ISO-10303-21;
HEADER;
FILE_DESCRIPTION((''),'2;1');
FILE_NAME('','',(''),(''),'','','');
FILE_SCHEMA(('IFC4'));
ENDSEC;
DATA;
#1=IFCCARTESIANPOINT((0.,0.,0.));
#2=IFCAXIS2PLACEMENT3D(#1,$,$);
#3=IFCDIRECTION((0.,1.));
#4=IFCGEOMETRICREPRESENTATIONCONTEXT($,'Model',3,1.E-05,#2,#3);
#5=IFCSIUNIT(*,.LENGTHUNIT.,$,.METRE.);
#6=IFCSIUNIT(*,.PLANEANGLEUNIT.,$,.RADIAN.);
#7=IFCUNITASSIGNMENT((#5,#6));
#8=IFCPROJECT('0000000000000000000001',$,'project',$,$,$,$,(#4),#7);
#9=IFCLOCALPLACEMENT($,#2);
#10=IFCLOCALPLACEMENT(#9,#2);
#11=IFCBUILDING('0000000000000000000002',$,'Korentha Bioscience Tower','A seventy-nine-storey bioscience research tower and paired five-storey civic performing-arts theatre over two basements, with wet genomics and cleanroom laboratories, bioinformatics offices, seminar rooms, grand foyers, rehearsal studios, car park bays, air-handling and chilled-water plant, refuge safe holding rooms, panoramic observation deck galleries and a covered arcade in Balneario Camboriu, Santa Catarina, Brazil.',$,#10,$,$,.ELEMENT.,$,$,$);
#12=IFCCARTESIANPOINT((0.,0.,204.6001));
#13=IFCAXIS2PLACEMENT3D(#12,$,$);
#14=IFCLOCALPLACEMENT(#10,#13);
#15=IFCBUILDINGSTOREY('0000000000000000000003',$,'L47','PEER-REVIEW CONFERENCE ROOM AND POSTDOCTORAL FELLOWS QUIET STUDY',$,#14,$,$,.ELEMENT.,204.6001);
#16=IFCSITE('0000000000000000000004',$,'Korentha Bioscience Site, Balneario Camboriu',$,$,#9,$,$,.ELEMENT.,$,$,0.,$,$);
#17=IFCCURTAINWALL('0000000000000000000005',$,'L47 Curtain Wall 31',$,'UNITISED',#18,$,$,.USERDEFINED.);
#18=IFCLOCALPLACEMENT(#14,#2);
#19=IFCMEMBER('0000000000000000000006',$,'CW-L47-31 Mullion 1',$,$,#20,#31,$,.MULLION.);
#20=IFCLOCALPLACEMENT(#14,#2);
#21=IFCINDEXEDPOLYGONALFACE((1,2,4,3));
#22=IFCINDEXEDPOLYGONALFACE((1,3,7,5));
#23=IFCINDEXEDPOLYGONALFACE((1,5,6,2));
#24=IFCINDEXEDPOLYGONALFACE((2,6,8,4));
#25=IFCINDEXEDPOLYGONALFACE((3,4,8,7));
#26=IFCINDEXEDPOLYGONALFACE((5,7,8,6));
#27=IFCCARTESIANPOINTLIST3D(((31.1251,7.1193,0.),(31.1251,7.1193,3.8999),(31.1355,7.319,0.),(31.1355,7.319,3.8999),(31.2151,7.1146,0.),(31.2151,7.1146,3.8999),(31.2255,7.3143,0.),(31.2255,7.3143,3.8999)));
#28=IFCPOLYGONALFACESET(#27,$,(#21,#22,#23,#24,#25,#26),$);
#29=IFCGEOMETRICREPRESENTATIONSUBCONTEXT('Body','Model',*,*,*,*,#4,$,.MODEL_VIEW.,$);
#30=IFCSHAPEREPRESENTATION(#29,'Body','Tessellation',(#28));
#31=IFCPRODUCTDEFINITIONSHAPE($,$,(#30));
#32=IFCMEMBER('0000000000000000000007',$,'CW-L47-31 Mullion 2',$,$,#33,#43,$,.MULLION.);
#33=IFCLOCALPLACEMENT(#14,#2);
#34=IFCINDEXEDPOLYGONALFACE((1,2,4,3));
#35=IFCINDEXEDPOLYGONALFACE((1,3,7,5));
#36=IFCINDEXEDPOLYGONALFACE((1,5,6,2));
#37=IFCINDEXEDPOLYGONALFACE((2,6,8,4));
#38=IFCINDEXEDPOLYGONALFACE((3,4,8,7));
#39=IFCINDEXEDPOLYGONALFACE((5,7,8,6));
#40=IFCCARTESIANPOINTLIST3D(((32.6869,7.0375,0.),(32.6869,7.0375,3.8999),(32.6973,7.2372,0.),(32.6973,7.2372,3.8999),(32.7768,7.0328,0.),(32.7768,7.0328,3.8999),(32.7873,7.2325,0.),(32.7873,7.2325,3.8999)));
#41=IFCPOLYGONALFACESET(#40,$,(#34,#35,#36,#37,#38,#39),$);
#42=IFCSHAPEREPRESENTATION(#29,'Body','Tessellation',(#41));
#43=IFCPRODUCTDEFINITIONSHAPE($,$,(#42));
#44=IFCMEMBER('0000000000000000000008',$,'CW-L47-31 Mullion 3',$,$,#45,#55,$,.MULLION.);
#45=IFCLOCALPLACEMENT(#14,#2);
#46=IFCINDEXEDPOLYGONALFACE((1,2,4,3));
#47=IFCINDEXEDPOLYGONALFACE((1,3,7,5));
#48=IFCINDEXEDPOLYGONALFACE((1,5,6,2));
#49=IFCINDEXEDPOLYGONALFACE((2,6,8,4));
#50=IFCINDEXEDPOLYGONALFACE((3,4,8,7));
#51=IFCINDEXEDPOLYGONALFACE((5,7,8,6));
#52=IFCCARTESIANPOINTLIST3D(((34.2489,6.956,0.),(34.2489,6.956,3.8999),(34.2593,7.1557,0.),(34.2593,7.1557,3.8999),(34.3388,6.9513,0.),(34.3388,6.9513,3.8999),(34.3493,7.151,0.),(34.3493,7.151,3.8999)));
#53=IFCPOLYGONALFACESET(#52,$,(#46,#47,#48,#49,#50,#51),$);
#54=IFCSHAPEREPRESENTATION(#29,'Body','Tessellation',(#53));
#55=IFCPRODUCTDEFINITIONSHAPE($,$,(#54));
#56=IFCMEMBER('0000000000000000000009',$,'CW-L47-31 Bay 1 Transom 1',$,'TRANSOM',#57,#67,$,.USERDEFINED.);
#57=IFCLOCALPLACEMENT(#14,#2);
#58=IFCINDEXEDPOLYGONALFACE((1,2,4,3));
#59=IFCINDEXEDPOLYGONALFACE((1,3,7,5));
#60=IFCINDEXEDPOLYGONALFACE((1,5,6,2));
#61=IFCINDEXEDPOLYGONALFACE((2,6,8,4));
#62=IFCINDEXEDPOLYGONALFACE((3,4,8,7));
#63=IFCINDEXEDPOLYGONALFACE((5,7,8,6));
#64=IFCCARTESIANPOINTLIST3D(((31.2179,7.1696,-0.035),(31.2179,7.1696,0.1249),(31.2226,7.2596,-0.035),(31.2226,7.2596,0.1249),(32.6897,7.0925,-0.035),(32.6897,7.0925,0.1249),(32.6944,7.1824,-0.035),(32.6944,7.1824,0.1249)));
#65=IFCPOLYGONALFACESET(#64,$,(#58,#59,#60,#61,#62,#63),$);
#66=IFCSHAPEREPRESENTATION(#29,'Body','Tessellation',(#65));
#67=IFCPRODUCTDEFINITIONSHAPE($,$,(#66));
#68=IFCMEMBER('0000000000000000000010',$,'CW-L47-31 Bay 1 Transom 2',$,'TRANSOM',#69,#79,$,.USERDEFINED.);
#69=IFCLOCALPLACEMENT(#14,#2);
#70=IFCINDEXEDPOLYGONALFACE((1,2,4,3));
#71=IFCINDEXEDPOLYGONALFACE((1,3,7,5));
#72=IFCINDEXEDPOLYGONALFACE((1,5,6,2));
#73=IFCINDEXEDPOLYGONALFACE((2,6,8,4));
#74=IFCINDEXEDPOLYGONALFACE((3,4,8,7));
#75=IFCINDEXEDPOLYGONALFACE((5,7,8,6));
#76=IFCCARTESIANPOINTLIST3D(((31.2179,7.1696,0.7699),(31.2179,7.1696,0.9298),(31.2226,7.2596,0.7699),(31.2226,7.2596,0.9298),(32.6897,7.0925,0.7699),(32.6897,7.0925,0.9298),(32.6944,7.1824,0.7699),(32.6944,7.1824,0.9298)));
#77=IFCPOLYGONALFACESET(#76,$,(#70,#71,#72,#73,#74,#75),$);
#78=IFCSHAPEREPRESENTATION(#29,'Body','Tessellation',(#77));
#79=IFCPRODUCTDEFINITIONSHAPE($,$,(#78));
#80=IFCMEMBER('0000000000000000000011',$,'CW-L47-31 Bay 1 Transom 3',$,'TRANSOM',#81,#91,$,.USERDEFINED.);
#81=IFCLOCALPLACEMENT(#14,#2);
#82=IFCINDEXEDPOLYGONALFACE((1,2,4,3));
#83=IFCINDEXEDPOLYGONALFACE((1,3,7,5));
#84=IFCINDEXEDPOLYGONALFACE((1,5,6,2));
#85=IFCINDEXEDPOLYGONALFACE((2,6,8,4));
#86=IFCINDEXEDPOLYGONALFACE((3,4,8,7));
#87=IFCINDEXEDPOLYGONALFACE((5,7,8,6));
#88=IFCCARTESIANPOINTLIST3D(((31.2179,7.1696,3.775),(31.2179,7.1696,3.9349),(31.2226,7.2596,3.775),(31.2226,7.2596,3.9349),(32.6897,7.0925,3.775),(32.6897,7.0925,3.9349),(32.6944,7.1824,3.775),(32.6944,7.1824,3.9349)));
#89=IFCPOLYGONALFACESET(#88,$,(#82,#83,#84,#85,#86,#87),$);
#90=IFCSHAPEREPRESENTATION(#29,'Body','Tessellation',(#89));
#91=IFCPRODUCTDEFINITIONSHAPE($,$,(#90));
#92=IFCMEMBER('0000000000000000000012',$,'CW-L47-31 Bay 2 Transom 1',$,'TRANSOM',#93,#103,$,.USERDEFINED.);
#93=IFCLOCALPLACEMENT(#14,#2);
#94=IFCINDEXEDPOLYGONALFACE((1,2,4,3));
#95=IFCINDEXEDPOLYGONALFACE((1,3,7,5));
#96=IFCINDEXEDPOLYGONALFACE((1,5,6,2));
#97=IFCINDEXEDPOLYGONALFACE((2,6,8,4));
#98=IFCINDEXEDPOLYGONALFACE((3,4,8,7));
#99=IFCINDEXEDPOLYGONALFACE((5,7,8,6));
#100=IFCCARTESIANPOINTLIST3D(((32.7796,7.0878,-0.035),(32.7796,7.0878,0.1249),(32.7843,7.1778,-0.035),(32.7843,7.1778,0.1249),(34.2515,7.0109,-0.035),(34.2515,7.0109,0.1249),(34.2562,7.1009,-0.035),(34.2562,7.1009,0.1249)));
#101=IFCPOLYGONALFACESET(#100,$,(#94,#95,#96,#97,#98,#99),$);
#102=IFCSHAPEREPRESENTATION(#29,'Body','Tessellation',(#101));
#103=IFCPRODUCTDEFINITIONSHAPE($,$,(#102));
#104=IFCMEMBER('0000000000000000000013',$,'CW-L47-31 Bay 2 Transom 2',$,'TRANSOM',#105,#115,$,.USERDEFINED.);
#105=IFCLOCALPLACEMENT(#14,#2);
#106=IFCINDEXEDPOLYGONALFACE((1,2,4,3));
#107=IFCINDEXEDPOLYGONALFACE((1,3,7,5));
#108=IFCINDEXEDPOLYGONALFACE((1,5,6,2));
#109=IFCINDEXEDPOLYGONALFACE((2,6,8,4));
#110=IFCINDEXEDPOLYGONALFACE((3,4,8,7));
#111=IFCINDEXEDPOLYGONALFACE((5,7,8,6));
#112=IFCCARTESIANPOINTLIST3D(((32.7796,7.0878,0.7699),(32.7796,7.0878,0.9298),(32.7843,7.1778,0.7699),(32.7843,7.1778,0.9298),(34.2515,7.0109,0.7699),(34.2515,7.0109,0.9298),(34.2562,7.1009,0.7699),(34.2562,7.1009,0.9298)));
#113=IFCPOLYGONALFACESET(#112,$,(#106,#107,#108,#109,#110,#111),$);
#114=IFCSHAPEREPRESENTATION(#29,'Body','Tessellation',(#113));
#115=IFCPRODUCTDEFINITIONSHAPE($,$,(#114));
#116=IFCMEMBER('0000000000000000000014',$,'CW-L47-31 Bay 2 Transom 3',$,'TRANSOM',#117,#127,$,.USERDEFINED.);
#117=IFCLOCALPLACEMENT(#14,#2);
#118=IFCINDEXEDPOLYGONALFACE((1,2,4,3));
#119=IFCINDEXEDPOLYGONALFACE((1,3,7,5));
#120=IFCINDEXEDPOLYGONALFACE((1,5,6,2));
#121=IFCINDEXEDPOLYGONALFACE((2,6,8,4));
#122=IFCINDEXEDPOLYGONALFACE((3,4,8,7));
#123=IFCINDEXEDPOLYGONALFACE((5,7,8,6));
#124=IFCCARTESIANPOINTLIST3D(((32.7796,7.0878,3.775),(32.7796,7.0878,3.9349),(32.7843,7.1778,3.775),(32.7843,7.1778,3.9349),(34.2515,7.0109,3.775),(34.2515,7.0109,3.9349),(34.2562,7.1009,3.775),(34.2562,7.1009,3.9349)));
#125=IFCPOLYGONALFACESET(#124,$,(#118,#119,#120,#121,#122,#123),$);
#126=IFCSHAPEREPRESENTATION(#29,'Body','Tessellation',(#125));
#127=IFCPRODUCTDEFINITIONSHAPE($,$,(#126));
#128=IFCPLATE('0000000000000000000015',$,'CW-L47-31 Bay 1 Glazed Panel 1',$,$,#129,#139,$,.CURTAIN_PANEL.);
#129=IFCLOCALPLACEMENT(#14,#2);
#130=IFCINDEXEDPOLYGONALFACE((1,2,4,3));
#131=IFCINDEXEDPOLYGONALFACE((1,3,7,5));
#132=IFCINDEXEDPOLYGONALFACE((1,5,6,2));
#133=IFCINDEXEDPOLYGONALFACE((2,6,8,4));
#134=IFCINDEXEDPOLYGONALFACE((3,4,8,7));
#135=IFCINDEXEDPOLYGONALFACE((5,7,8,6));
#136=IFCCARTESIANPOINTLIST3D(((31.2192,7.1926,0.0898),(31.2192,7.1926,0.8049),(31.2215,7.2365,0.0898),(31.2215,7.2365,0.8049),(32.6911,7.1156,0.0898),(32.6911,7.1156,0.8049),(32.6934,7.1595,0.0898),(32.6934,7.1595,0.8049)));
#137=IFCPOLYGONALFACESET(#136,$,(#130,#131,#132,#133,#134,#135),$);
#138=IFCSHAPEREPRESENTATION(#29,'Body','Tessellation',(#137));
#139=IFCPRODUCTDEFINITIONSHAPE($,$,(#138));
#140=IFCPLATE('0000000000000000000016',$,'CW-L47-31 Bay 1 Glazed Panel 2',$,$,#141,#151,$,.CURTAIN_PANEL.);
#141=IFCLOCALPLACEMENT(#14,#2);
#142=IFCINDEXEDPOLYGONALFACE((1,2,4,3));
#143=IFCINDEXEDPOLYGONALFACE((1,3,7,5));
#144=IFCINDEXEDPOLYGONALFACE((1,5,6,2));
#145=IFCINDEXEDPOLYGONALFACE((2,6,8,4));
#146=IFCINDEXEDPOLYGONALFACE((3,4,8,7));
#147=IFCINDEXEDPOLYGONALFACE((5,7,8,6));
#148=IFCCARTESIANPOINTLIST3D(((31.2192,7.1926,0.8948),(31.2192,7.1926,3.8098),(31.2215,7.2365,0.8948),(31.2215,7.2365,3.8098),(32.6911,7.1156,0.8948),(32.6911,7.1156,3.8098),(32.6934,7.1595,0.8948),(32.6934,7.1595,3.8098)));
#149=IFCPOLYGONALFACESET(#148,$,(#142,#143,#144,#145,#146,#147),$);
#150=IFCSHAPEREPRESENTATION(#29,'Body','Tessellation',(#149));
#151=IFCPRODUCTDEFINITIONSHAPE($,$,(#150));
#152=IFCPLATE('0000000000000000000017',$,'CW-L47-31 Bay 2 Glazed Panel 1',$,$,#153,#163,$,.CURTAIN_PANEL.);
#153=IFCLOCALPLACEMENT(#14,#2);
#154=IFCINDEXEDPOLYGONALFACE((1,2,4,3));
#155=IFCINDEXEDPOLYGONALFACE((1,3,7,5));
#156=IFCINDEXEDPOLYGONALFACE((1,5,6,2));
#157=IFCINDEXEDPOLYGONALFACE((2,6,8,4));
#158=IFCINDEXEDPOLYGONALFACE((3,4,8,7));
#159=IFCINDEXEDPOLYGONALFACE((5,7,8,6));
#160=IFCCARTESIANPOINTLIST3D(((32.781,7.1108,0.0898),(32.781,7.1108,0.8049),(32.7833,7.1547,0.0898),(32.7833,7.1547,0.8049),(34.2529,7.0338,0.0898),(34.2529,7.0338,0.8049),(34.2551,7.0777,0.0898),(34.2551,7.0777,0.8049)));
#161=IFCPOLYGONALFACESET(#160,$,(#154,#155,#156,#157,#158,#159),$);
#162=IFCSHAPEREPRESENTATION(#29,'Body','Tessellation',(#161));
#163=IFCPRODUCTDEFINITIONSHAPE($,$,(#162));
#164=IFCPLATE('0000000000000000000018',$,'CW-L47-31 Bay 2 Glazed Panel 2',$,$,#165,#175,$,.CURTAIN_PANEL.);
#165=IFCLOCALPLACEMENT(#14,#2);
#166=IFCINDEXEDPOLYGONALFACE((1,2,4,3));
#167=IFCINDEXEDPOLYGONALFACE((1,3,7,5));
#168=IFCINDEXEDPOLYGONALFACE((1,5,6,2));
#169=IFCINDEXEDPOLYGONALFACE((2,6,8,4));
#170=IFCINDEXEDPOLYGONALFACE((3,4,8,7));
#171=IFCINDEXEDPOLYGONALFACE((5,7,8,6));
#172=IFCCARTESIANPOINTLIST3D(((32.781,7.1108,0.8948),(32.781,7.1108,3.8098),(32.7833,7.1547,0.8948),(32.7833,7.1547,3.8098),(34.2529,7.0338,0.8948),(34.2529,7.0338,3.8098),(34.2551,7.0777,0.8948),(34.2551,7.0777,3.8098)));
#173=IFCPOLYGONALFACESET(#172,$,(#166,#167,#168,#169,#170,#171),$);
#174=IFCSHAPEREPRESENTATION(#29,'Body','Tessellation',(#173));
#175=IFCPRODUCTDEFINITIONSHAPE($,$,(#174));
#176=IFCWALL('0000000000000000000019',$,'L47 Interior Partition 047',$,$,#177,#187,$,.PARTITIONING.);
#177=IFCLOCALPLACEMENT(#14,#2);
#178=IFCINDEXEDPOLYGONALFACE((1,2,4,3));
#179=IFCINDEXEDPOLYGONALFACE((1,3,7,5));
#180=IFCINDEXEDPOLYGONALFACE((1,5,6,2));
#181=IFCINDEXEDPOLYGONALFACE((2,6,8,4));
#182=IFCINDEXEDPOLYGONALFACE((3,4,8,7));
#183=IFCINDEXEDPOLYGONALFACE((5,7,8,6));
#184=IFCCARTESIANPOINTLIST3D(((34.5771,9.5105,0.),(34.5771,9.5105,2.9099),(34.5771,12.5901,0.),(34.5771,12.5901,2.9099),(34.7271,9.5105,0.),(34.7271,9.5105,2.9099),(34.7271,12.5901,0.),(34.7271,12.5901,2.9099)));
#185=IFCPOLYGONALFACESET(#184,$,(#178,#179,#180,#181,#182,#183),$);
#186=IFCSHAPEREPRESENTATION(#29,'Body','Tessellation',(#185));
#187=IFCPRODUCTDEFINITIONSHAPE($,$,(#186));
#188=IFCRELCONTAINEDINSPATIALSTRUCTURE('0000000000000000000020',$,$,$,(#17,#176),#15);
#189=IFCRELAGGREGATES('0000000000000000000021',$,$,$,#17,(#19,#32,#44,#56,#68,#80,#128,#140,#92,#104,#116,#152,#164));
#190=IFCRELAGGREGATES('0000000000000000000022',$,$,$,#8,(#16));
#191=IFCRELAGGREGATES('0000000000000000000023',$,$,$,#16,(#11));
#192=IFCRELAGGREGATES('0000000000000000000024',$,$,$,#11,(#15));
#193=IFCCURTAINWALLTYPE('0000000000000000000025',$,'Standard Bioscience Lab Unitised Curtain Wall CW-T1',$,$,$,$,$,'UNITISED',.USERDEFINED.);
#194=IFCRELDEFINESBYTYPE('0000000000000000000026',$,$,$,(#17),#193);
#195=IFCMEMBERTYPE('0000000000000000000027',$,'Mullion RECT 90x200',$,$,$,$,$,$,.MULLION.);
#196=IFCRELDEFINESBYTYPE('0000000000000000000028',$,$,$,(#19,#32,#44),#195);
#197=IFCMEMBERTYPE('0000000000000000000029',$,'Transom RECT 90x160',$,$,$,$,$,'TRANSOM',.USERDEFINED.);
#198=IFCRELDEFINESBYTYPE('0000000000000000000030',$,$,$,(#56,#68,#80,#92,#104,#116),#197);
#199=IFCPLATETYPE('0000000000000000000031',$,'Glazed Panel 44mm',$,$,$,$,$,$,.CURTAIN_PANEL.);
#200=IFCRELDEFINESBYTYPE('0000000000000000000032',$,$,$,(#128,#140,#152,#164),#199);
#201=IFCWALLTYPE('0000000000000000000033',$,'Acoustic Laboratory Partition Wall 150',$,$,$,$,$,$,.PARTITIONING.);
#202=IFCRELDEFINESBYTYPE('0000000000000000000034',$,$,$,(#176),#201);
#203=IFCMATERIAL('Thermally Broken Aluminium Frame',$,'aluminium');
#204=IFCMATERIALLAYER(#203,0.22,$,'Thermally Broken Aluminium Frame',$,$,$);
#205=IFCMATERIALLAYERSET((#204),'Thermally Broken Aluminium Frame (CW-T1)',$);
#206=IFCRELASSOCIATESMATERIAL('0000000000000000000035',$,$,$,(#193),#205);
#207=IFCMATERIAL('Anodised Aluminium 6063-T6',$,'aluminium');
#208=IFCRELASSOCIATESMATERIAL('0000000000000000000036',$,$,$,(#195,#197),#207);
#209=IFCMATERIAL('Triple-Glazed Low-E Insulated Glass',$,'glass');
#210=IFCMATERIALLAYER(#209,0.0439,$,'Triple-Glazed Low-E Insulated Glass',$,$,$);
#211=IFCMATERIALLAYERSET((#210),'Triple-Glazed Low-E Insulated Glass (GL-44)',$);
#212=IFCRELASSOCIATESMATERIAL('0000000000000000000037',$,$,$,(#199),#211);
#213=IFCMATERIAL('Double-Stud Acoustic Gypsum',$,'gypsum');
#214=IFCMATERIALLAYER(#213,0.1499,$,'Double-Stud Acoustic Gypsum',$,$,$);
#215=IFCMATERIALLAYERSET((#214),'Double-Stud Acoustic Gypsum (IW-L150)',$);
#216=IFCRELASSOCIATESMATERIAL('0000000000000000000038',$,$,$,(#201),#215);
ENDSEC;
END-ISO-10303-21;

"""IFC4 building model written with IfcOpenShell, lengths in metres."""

from ifc_helpers import new_model, si_unit, direction, frame, frame_2d, origin, origin_2d, place, context, subcontext, project, spatial, rectangle, extrude, material, layer, layer_set, material_profile, profile_set, type_object, element, aggregate, save


model = new_model("IFC4")

# Units and contexts
model_context = context("Model", 3, precision=1e-05, world=origin(), true_north=direction((0.0, 1.0)))
body_context = subcontext(model_context, "Body", "Model", "MODEL_VIEW")
ifc_project = project(units=[si_unit("LENGTHUNIT", "METRE"), si_unit("PLANEANGLEUNIT", "RADIAN")], contexts=[model_context])

# Site, building, storey
site_placement = place(None, origin())
site = spatial("IfcSite", under=ifc_project, at=site_placement, Name="Korentha Bioscience Site, Balneario Camboriu", CompositionType="ELEMENT", RefElevation=0.0)
building_placement = place(site_placement, origin())
building = spatial("IfcBuilding", under=site, at=building_placement, Name="Korentha Bioscience Tower", Description="A seventy-nine-storey bioscience research tower and paired five-storey civic performing-arts theatre over two basements, with wet genomics and cleanroom laboratories, bioinformatics offices, seminar rooms, grand foyers, rehearsal studios, car park bays, air-handling and chilled-water plant, refuge safe holding rooms, panoramic observation deck galleries and a covered arcade in Balneario Camboriu, Santa Catarina, Brazil.", CompositionType="ELEMENT")
storey_placement = place(building_placement, frame((0.0, 0.0, 204.6001)))
storey = spatial("IfcBuildingStorey", under=building, at=storey_placement, Name="L47", Description="PEER-REVIEW CONFERENCE ROOM AND POSTDOCTORAL FELLOWS QUIET STUDY", CompositionType="ELEMENT", Elevation=204.6001)

# Curtain wall, members, plates
ifc_material_1 = material(Name="Thermally Broken Aluminium Frame", Category="aluminium")
ifc_layer_1 = layer(ifc_material_1, 0.22, Name="Thermally Broken Aluminium Frame")
ifc_layer_set_1 = layer_set([ifc_layer_1], Name="Thermally Broken Aluminium Frame (CW-T1)")
curtain_wall_type = type_object("IfcCurtainWallType", Name="Standard Bioscience Lab Unitised Curtain Wall CW-T1", ElementType="UNITISED", PredefinedType="USERDEFINED", material=ifc_layer_set_1)
curtain_wall_placement = place(storey_placement, origin())
curtain_wall = element("IfcCurtainWall", 1, at=curtain_wall_placement, inside=storey, type_object=curtain_wall_type, Name="L47 Curtain Wall 31", ObjectType="UNITISED", PredefinedType="USERDEFINED")
ifc_material_2 = material(Name="Anodised Aluminium 6063-T6", Category="aluminium")
ifc_material_profile_1 = material_profile(ifc_material_2, rectangle(XDim=0.0901, YDim=0.2, at=origin_2d()), Name="Anodised Aluminium 6063-T6")
ifc_profile_set_1 = profile_set([ifc_material_profile_1], Name="Anodised Aluminium 6063-T6 (CW-MUL)")
member_type_1 = type_object("IfcMemberType", Name="Mullion RECT 90x200", PredefinedType="MULLION", material=ifc_profile_set_1)
member_1_placement = place(storey_placement, frame((31.1753, 7.2168, 0.0), z_axis=(0.0, 0.0, 1.0), x_axis=(0.998635, -0.052239, 0.0)))
member_1 = element("IfcMember", 2, at=member_1_placement, type_object=member_type_1, Name="CW-L47-31 Mullion 1", PredefinedType="MULLION", context=body_context, shape_type="SweptSolid", body=[
    extrude(rectangle(XDim=0.0901, YDim=0.2, at=origin_2d()), origin(), (0.0, 0.0, 1.0), 3.8999),
])
member_2_placement = place(storey_placement, frame((32.7371, 7.135, 0.0), z_axis=(0.0, 0.0, 1.0), x_axis=(0.998635, -0.052239, 0.0)))
member_2 = element("IfcMember", 3, at=member_2_placement, type_object=member_type_1, Name="CW-L47-31 Mullion 2", PredefinedType="MULLION", context=body_context, shape_type="SweptSolid", body=[
    extrude(rectangle(XDim=0.0901, YDim=0.2, at=origin_2d()), origin(), (0.0, 0.0, 1.0), 3.8999),
])
member_3_placement = place(storey_placement, frame((34.2991, 7.0535, 0.0), z_axis=(0.0, 0.0, 1.0), x_axis=(0.998635, -0.052239, 0.0)))
member_3 = element("IfcMember", 4, at=member_3_placement, type_object=member_type_1, Name="CW-L47-31 Mullion 3", PredefinedType="MULLION", context=body_context, shape_type="SweptSolid", body=[
    extrude(rectangle(XDim=0.0901, YDim=0.2, at=origin_2d()), origin(), (0.0, 0.0, 1.0), 3.8999),
])
ifc_material_profile_2 = material_profile(ifc_material_2, rectangle(XDim=0.0901, YDim=0.1599, at=origin_2d()), Name="Anodised Aluminium 6063-T6")
ifc_profile_set_2 = profile_set([ifc_material_profile_2], Name="Anodised Aluminium 6063-T6 (CW-TRN)")
member_type_2 = type_object("IfcMemberType", Name="Transom RECT 90x160", ElementType="TRANSOM", PredefinedType="USERDEFINED", material=ifc_profile_set_2)
member_4_placement = place(storey_placement, frame((31.2202, 7.2146, 0.0449), z_axis=(0.998629, -0.052341, 0.0), x_axis=(0.052341, 0.998629, 0.0)))
member_4 = element("IfcMember", 5, at=member_4_placement, type_object=member_type_2, Name="CW-L47-31 Bay 1 Transom 1", ObjectType="TRANSOM", PredefinedType="USERDEFINED", context=body_context, shape_type="SweptSolid", body=[
    extrude(rectangle(XDim=0.0901, YDim=0.1599, at=origin_2d()), origin(), (0.0, 0.0, 1.0), 1.4739),
])
member_5_placement = place(storey_placement, frame((31.2202, 7.2146, 0.8499), z_axis=(0.998629, -0.052341, 0.0), x_axis=(0.052341, 0.998629, 0.0)))
member_5 = element("IfcMember", 6, at=member_5_placement, type_object=member_type_2, Name="CW-L47-31 Bay 1 Transom 2", ObjectType="TRANSOM", PredefinedType="USERDEFINED", context=body_context, shape_type="SweptSolid", body=[
    extrude(rectangle(XDim=0.0901, YDim=0.1599, at=origin_2d()), origin(), (0.0, 0.0, 1.0), 1.4739),
])
member_6_placement = place(storey_placement, frame((31.2202, 7.2146, 3.855), z_axis=(0.998629, -0.052341, 0.0), x_axis=(0.052341, 0.998629, 0.0)))
member_6 = element("IfcMember", 7, at=member_6_placement, type_object=member_type_2, Name="CW-L47-31 Bay 1 Transom 3", ObjectType="TRANSOM", PredefinedType="USERDEFINED", context=body_context, shape_type="SweptSolid", body=[
    extrude(rectangle(XDim=0.0901, YDim=0.1599, at=origin_2d()), origin(), (0.0, 0.0, 1.0), 1.4739),
])
member_7_placement = place(storey_placement, frame((32.782, 7.1328, 0.0449), z_axis=(0.998638, -0.052176, 0.0), x_axis=(0.052176, 0.998638, 0.0)))
member_7 = element("IfcMember", 8, at=member_7_placement, type_object=member_type_2, Name="CW-L47-31 Bay 2 Transom 1", ObjectType="TRANSOM", PredefinedType="USERDEFINED", context=body_context, shape_type="SweptSolid", body=[
    extrude(rectangle(XDim=0.0901, YDim=0.1599, at=origin_2d()), origin(), (0.0, 0.0, 1.0), 1.4739),
])
member_8_placement = place(storey_placement, frame((32.782, 7.1328, 0.8499), z_axis=(0.998638, -0.052176, 0.0), x_axis=(0.052176, 0.998638, 0.0)))
member_8 = element("IfcMember", 9, at=member_8_placement, type_object=member_type_2, Name="CW-L47-31 Bay 2 Transom 2", ObjectType="TRANSOM", PredefinedType="USERDEFINED", context=body_context, shape_type="SweptSolid", body=[
    extrude(rectangle(XDim=0.0901, YDim=0.1599, at=origin_2d()), origin(), (0.0, 0.0, 1.0), 1.4739),
])
member_9_placement = place(storey_placement, frame((32.782, 7.1328, 3.855), z_axis=(0.998638, -0.052176, 0.0), x_axis=(0.052176, 0.998638, 0.0)))
member_9 = element("IfcMember", 10, at=member_9_placement, type_object=member_type_2, Name="CW-L47-31 Bay 2 Transom 3", ObjectType="TRANSOM", PredefinedType="USERDEFINED", context=body_context, shape_type="SweptSolid", body=[
    extrude(rectangle(XDim=0.0901, YDim=0.1599, at=origin_2d()), origin(), (0.0, 0.0, 1.0), 1.4739),
])
ifc_material_3 = material(Name="Triple-Glazed Low-E Insulated Glass", Category="glass")
ifc_layer_2 = layer(ifc_material_3, 0.0439, Name="Triple-Glazed Low-E Insulated Glass")
ifc_layer_set_2 = layer_set([ifc_layer_2], Name="Triple-Glazed Low-E Insulated Glass (GL-44)")
plate_type = type_object("IfcPlateType", Name="Glazed Panel 44mm", PredefinedType="CURTAIN_PANEL", material=ifc_layer_set_2)
plate_1_placement = place(storey_placement, frame((31.9563, 7.176, 0.0898), z_axis=(0.0, 0.0, 1.0), x_axis=(0.998635, -0.052239, 0.0)))
plate_1 = element("IfcPlate", 11, at=plate_1_placement, type_object=plate_type, Name="CW-L47-31 Bay 1 Glazed Panel 1", PredefinedType="CURTAIN_PANEL", context=body_context, shape_type="SweptSolid", body=[
    extrude(rectangle(XDim=1.4739, YDim=0.0439, at=origin_2d()), origin(), (0.0, 0.0, 1.0), 0.7151),
])
plate_2_placement = place(storey_placement, frame((31.9563, 7.176, 0.8948), z_axis=(0.0, 0.0, 1.0), x_axis=(0.998635, -0.052239, 0.0)))
plate_2 = element("IfcPlate", 12, at=plate_2_placement, type_object=plate_type, Name="CW-L47-31 Bay 1 Glazed Panel 2", PredefinedType="CURTAIN_PANEL", context=body_context, shape_type="SweptSolid", body=[
    extrude(rectangle(XDim=1.4739, YDim=0.0439, at=origin_2d()), origin(), (0.0, 0.0, 1.0), 2.915),
])
plate_3_placement = place(storey_placement, frame((33.5181, 7.0942, 0.0898), z_axis=(0.0, 0.0, 1.0), x_axis=(0.998635, -0.052239, 0.0)))
plate_3 = element("IfcPlate", 13, at=plate_3_placement, type_object=plate_type, Name="CW-L47-31 Bay 2 Glazed Panel 1", PredefinedType="CURTAIN_PANEL", context=body_context, shape_type="SweptSolid", body=[
    extrude(rectangle(XDim=1.4739, YDim=0.0439, at=origin_2d()), origin(), (0.0, 0.0, 1.0), 0.7151),
])
plate_4_placement = place(storey_placement, frame((33.5181, 7.0942, 0.8948), z_axis=(0.0, 0.0, 1.0), x_axis=(0.998635, -0.052239, 0.0)))
plate_4 = element("IfcPlate", 14, at=plate_4_placement, type_object=plate_type, Name="CW-L47-31 Bay 2 Glazed Panel 2", PredefinedType="CURTAIN_PANEL", context=body_context, shape_type="SweptSolid", body=[
    extrude(rectangle(XDim=1.4739, YDim=0.0439, at=origin_2d()), origin(), (0.0, 0.0, 1.0), 2.915),
])
aggregate(curtain_wall, [member_1, member_2, member_3, member_4, member_5, member_6, plate_1, plate_2, member_7, member_8, member_9, plate_3, plate_4])

# Shared definitions
ifc_material_4 = material(Name="Double-Stud Acoustic Gypsum", Category="gypsum")
ifc_layer_3 = layer(ifc_material_4, 0.1499, Name="Double-Stud Acoustic Gypsum")
ifc_layer_set_3 = layer_set([ifc_layer_3], Name="Double-Stud Acoustic Gypsum (IW-L150)")
wall_type_1 = type_object("IfcWallType", Name="Acoustic Laboratory Partition Wall 150", PredefinedType="PARTITIONING", material=ifc_layer_set_3)

# Wall
wall_1_placement = place(storey_placement, frame((34.6521, 9.5105, 0.0), z_axis=(0.0, 0.0, 1.0), x_axis=(0.0, 1.0, 0.0)))
element("IfcWall", 15, at=wall_1_placement, inside=storey, type_object=wall_type_1, Name="L47 Interior Partition 047", PredefinedType="PARTITIONING", context=body_context, shape_type="SweptSolid", body=[
    extrude(rectangle(XDim=3.0796, YDim=0.1499, at=frame_2d((1.5398, 0.0))), origin(), (0.0, 0.0, 1.0), 2.9099),
])

save(model, "model.ifc")
